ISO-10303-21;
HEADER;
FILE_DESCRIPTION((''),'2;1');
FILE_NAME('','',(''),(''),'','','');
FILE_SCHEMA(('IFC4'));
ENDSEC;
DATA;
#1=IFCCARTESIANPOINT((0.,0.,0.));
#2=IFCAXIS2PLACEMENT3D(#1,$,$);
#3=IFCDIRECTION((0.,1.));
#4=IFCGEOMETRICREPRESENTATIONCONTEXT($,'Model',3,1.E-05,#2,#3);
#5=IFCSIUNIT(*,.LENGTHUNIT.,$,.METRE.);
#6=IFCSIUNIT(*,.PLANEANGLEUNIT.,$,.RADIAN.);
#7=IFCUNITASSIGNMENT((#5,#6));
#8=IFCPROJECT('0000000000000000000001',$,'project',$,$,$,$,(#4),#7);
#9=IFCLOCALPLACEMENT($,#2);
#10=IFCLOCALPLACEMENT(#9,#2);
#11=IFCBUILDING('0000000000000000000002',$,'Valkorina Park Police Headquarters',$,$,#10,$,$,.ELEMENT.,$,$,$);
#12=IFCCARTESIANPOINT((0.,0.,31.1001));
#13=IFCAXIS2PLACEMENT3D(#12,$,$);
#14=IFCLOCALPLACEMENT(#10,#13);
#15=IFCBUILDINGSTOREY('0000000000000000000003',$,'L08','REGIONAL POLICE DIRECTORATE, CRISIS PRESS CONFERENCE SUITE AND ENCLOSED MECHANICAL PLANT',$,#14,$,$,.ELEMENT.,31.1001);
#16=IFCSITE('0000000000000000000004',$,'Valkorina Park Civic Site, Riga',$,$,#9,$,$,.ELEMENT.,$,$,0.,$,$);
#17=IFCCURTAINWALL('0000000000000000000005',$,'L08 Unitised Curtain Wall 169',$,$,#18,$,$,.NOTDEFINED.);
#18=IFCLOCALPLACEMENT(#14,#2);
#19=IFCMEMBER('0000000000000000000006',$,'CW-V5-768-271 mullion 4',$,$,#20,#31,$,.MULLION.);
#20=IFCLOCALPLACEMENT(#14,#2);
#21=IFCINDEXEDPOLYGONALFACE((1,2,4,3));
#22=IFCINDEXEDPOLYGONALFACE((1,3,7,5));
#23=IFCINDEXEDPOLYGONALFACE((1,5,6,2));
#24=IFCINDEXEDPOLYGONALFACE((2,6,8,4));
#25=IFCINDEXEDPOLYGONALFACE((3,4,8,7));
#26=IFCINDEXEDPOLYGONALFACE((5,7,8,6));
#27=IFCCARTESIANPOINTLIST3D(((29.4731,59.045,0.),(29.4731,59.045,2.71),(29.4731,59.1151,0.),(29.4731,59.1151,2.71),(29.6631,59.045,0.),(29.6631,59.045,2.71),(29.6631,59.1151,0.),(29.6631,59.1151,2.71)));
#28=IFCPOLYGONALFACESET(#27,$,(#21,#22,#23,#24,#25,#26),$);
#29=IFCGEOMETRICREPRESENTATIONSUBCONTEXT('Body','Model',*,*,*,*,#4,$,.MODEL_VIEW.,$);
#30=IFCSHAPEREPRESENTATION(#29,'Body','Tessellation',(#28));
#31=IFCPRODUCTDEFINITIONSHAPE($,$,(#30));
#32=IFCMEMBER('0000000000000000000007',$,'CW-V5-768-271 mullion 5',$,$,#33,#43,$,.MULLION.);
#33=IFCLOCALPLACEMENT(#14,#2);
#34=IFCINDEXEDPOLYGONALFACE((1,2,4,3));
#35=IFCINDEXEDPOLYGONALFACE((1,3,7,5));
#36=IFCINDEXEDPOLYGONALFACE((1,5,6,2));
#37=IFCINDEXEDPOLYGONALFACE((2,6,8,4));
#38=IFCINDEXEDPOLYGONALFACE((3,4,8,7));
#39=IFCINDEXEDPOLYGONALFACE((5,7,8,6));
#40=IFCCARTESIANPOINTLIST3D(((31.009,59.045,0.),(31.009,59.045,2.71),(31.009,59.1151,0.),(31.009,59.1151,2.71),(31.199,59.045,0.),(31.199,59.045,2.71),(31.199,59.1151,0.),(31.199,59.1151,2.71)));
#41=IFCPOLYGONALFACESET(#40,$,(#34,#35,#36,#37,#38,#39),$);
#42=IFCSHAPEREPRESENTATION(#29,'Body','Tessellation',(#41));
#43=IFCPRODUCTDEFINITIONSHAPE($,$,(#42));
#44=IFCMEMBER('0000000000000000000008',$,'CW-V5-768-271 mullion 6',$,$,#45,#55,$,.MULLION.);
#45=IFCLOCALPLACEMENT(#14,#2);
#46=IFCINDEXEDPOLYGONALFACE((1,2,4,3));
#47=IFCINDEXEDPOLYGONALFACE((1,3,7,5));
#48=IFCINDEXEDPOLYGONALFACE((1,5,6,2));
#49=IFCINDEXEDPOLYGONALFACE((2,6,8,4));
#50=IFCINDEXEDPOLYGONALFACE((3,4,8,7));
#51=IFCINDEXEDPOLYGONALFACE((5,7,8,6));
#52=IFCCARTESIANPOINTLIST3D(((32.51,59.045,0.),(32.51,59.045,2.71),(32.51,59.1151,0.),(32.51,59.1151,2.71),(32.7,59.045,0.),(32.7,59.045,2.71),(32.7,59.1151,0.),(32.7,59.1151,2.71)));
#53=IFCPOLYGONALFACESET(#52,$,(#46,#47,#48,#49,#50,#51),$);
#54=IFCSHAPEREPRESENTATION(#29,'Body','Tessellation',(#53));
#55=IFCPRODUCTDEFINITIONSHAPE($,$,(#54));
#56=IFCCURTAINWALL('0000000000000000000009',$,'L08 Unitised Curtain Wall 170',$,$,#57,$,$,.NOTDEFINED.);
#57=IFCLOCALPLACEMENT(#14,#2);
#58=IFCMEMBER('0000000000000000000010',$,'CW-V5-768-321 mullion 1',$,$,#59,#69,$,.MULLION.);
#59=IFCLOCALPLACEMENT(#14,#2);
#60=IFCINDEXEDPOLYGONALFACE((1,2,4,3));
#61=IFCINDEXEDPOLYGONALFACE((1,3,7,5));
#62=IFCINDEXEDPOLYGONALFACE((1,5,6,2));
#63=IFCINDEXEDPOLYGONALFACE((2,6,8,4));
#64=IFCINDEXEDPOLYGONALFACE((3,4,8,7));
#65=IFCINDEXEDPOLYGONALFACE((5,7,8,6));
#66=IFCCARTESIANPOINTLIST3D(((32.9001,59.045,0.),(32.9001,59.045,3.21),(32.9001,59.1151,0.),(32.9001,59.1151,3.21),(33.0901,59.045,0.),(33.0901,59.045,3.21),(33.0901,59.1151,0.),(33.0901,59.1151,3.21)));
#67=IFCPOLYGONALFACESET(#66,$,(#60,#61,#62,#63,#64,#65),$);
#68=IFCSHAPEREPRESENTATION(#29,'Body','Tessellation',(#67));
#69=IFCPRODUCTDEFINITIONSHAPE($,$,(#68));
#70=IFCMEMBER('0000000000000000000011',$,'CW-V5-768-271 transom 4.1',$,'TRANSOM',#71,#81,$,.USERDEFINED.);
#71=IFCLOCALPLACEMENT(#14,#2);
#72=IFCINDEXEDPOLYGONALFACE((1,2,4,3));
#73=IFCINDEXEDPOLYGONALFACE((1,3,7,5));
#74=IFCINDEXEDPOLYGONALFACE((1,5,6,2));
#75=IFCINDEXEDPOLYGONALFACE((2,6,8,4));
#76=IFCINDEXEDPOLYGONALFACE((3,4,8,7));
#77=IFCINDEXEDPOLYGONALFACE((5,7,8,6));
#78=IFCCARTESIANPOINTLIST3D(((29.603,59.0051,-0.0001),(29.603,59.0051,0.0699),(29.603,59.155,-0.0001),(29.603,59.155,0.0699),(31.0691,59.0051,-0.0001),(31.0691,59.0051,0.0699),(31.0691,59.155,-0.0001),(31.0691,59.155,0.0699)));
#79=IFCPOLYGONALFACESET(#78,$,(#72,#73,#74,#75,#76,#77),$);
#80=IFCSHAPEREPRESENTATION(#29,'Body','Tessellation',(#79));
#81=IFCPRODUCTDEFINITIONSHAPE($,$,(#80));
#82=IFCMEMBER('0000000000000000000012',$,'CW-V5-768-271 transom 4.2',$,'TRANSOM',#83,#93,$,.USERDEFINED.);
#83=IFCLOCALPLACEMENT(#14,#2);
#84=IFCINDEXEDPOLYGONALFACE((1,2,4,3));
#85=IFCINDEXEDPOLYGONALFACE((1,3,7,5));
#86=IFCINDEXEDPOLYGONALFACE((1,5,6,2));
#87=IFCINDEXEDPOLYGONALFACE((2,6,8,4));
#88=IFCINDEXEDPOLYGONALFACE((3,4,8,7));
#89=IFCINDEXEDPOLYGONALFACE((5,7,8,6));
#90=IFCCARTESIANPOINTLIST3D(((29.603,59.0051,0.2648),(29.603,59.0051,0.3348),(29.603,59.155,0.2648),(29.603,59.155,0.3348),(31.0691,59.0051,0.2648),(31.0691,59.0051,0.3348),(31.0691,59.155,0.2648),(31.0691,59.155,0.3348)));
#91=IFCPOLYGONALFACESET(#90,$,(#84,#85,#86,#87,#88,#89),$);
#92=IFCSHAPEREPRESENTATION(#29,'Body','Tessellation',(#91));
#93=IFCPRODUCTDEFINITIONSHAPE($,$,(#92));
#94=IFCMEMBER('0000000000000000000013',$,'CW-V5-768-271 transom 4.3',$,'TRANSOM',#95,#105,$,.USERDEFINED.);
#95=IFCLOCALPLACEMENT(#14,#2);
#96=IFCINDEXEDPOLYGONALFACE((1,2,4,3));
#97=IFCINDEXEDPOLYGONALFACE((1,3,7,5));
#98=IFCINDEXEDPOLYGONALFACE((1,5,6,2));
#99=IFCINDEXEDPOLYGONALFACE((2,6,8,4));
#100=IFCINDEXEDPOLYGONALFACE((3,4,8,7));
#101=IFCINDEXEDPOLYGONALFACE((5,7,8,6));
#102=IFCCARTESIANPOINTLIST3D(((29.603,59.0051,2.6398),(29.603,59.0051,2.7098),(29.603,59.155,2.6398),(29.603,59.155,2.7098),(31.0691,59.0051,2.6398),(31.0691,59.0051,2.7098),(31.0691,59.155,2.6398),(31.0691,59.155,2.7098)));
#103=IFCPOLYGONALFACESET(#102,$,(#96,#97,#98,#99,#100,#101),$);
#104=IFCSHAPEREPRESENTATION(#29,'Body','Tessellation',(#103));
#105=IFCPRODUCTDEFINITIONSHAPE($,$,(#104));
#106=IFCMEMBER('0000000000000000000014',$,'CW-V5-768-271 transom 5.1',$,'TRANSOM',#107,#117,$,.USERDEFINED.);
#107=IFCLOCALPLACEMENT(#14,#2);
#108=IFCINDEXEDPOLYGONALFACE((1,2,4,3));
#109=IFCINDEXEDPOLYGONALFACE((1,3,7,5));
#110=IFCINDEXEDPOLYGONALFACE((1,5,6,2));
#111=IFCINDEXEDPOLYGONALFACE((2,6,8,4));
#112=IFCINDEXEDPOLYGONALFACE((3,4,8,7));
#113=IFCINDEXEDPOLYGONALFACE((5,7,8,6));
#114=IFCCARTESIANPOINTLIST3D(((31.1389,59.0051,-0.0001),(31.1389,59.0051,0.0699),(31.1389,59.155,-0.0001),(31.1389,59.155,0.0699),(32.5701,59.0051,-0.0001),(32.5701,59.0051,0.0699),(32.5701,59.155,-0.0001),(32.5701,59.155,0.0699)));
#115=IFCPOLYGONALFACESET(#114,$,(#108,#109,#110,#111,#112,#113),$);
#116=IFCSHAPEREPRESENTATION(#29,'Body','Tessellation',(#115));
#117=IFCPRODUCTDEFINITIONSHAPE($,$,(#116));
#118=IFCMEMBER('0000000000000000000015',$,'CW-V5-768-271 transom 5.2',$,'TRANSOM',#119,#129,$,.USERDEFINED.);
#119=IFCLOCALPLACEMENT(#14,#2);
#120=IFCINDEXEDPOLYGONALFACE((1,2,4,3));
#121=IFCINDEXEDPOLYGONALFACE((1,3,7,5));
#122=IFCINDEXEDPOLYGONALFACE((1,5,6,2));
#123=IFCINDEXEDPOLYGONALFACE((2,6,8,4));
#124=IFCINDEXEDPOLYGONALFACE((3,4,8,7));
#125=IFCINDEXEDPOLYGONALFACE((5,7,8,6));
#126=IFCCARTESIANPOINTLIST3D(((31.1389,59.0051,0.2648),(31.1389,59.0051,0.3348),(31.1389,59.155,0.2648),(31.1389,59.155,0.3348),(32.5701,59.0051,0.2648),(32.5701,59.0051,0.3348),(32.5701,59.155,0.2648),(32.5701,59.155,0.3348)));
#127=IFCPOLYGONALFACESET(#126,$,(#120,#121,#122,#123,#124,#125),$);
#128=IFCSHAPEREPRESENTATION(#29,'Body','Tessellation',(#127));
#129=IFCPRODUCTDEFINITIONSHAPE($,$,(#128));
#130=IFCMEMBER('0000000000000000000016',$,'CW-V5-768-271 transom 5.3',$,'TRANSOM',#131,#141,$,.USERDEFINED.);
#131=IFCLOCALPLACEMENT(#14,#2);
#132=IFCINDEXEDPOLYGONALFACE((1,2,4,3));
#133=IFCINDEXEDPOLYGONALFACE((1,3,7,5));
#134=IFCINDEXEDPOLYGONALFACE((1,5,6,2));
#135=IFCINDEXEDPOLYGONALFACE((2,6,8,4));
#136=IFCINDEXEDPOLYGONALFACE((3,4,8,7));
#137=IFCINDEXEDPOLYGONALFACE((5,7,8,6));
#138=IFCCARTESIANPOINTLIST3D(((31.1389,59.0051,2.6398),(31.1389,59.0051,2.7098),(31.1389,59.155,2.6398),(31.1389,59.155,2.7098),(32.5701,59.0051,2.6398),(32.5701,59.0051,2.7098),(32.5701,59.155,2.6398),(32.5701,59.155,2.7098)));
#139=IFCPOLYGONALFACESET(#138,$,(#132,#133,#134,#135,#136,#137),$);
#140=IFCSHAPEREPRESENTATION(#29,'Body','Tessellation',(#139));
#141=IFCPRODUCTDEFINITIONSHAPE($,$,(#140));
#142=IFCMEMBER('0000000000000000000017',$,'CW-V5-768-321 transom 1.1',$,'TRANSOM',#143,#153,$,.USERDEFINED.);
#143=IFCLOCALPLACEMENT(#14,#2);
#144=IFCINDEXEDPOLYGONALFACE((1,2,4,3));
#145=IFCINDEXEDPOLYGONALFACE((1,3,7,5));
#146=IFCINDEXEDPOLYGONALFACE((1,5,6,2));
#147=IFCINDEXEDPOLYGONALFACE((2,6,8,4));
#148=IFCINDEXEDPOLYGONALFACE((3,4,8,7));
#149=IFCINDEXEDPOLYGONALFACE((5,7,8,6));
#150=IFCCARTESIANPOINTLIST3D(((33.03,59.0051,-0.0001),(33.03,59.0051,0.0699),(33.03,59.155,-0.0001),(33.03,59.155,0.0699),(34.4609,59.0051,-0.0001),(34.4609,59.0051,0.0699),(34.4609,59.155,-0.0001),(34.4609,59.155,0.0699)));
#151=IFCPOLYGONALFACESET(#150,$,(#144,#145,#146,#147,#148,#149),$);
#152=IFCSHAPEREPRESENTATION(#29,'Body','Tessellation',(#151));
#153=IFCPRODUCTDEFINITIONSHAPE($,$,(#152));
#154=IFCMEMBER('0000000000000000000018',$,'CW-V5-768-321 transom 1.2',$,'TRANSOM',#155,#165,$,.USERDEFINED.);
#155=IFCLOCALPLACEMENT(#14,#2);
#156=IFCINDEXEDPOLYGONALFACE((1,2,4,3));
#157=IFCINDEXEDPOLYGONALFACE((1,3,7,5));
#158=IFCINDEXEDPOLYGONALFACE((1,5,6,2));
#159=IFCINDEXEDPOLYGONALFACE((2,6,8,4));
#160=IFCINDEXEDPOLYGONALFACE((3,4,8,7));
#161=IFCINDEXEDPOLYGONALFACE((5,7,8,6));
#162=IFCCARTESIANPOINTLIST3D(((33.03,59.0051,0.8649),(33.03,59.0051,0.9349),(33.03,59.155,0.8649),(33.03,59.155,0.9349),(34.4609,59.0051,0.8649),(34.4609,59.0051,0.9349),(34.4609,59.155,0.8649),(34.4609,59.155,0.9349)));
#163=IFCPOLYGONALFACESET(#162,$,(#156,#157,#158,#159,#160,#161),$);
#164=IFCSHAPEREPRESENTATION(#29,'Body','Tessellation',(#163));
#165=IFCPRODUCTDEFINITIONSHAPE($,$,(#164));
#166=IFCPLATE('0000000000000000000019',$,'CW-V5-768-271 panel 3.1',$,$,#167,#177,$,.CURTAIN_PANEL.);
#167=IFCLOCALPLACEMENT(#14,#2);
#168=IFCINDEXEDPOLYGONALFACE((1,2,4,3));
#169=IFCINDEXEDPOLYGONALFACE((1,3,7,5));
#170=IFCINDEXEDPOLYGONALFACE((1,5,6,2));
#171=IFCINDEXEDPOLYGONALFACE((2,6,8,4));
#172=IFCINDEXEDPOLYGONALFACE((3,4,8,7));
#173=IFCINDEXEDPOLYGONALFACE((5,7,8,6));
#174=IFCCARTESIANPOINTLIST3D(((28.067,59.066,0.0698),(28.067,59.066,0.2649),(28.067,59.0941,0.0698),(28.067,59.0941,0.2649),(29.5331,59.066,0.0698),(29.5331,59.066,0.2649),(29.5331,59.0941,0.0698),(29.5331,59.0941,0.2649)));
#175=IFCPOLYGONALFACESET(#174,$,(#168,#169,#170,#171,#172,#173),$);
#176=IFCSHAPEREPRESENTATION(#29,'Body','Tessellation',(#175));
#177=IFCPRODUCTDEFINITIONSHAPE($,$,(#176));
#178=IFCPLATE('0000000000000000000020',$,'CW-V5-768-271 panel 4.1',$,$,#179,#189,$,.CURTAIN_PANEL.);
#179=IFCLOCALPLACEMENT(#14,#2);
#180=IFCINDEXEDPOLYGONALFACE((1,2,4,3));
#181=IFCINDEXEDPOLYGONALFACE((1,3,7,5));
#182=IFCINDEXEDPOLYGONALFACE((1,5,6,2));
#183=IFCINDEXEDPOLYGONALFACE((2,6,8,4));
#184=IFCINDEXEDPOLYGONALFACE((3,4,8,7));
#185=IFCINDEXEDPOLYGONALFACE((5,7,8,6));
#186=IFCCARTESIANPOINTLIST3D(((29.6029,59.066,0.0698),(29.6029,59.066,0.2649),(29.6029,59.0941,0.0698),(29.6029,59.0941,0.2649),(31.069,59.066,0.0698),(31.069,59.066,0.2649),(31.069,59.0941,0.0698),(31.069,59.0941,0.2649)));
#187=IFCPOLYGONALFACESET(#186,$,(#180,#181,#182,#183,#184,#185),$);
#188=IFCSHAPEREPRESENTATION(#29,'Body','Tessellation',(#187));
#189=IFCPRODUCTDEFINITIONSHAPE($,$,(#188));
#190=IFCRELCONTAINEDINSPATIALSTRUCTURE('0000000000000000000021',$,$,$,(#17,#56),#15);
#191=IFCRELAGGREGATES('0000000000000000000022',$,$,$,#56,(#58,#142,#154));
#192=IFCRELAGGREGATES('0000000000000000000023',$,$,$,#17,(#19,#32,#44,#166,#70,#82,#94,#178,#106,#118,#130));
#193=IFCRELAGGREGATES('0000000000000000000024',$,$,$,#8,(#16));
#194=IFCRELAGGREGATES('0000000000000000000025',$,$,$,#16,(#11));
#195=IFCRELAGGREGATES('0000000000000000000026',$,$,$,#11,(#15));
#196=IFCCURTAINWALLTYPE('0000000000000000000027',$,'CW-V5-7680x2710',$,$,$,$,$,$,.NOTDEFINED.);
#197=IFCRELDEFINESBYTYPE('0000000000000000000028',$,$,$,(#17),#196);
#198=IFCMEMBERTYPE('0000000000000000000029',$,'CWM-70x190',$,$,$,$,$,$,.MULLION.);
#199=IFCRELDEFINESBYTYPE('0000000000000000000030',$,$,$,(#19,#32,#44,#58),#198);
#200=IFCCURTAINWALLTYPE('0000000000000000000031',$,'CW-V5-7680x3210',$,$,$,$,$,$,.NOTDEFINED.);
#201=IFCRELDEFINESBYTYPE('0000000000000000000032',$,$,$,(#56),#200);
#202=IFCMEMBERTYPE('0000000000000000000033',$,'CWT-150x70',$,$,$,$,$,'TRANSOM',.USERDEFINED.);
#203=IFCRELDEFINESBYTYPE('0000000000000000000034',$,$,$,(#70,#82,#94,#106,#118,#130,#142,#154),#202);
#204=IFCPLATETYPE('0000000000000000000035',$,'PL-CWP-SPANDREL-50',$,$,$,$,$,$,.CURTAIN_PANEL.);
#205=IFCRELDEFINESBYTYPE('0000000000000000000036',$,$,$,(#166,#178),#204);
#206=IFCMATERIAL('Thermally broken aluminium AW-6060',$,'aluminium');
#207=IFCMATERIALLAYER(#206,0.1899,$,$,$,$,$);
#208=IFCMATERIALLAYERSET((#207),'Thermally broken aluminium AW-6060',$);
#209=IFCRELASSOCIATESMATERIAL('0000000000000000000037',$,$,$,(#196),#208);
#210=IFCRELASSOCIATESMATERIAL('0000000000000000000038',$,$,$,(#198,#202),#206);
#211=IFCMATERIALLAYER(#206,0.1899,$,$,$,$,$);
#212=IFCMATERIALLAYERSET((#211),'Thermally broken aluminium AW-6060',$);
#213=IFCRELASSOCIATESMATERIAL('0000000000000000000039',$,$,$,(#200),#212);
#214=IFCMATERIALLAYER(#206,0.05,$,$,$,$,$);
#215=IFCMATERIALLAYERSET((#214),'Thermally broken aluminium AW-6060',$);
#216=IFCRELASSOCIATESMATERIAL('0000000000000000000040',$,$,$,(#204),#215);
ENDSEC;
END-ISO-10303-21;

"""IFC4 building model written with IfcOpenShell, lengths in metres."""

from ifc_helpers import new_model, si_unit, direction, frame, origin, origin_2d, place, context, subcontext, project, spatial, rectangle, extrude, material, layer, layer_set, material_profile, profile_set, type_object, element, aggregate, save


model = new_model("IFC4")

# Units and contexts
model_context = context("Model", 3, precision=1e-05, world=origin(), true_north=direction((0.0, 1.0)))
body_context = subcontext(model_context, "Body", "Model", "MODEL_VIEW")
ifc_project = project(units=[si_unit("LENGTHUNIT", "METRE"), si_unit("PLANEANGLEUNIT", "RADIAN")], contexts=[model_context])

# Site, building, storey
site_placement = place(None, origin())
site = spatial("IfcSite", under=ifc_project, at=site_placement, Name="Valkorina Park Civic Site, Riga", CompositionType="ELEMENT", RefElevation=0.0)
building_placement = place(site_placement, origin())
building = spatial("IfcBuilding", under=site, at=building_placement, Name="Valkorina Park Police Headquarters", CompositionType="ELEMENT")
storey_placement = place(building_placement, frame((0.0, 0.0, 31.1001)))
storey = spatial("IfcBuildingStorey", under=building, at=storey_placement, Name="L08", Description="REGIONAL POLICE DIRECTORATE, CRISIS PRESS CONFERENCE SUITE AND ENCLOSED MECHANICAL PLANT", CompositionType="ELEMENT", Elevation=31.1001)

# Curtain wall, members
ifc_material_1 = material(Name="Thermally broken aluminium AW-6060", Category="aluminium")
ifc_layer_1 = layer(ifc_material_1, 0.1899)
ifc_layer_set_1 = layer_set([ifc_layer_1], Name="Thermally broken aluminium AW-6060")
curtain_wall_type_1 = type_object("IfcCurtainWallType", Name="CW-V5-7680x2710", PredefinedType="NOTDEFINED", material=ifc_layer_set_1)
curtain_wall_1_placement = place(storey_placement, origin())
curtain_wall_1 = element("IfcCurtainWall", 1, at=curtain_wall_1_placement, inside=storey, type_object=curtain_wall_type_1, Name="L08 Unitised Curtain Wall 169", PredefinedType="NOTDEFINED")
ifc_material_profile_1 = material_profile(ifc_material_1, rectangle(XDim=0.0701, YDim=0.1899, at=origin_2d()), Name="CWM-02 70x190")
ifc_profile_set_1 = profile_set([ifc_material_profile_1], Name="Thermally broken aluminium AW-6060")
member_type_1 = type_object("IfcMemberType", Name="CWM-70x190", PredefinedType="MULLION", material=ifc_profile_set_1)
member_1_placement = place(storey_placement, frame((29.5681, 59.0801, 0.0), z_axis=(0.0, 0.0, 1.0), x_axis=(0.0, 1.0, 0.0)))
member_1 = element("IfcMember", 2, at=member_1_placement, type_object=member_type_1, Name="CW-V5-768-271 mullion 4", PredefinedType="MULLION", context=body_context, shape_type="SweptSolid", body=[
    extrude(rectangle(XDim=0.0701, YDim=0.1899, at=origin_2d()), origin(), (0.0, 0.0, 1.0), 2.71),
])
member_2_placement = place(storey_placement, frame((31.104, 59.0801, 0.0), z_axis=(0.0, 0.0, 1.0), x_axis=(0.0, 1.0, 0.0)))
member_2 = element("IfcMember", 3, at=member_2_placement, type_object=member_type_1, Name="CW-V5-768-271 mullion 5", PredefinedType="MULLION", context=body_context, shape_type="SweptSolid", body=[
    extrude(rectangle(XDim=0.0701, YDim=0.1899, at=origin_2d()), origin(), (0.0, 0.0, 1.0), 2.71),
])
member_3_placement = place(storey_placement, frame((32.605, 59.0801, 0.0), z_axis=(0.0, 0.0, 1.0), x_axis=(0.0, 1.0, 0.0)))
member_3 = element("IfcMember", 4, at=member_3_placement, type_object=member_type_1, Name="CW-V5-768-271 mullion 6", PredefinedType="MULLION", context=body_context, shape_type="SweptSolid", body=[
    extrude(rectangle(XDim=0.0701, YDim=0.1899, at=origin_2d()), origin(), (0.0, 0.0, 1.0), 2.71),
])

# Curtain wall, member
ifc_layer_2 = layer(ifc_material_1, 0.1899)
ifc_layer_set_2 = layer_set([ifc_layer_2], Name="Thermally broken aluminium AW-6060")
curtain_wall_type_2 = type_object("IfcCurtainWallType", Name="CW-V5-7680x3210", PredefinedType="NOTDEFINED", material=ifc_layer_set_2)
curtain_wall_2_placement = place(storey_placement, origin())
curtain_wall_2 = element("IfcCurtainWall", 5, at=curtain_wall_2_placement, inside=storey, type_object=curtain_wall_type_2, Name="L08 Unitised Curtain Wall 170", PredefinedType="NOTDEFINED")
member_4_placement = place(storey_placement, frame((32.9951, 59.0801, 0.0), z_axis=(0.0, 0.0, 1.0), x_axis=(0.0, 1.0, 0.0)))
member_4 = element("IfcMember", 6, at=member_4_placement, type_object=member_type_1, Name="CW-V5-768-321 mullion 1", PredefinedType="MULLION", context=body_context, shape_type="SweptSolid", body=[
    extrude(rectangle(XDim=0.0701, YDim=0.1899, at=origin_2d()), origin(), (0.0, 0.0, 1.0), 3.21),
])

# Members
ifc_material_profile_2 = material_profile(ifc_material_1, rectangle(XDim=0.1499, YDim=0.0701, at=origin_2d()), Name="CWT-02 150x70")
ifc_profile_set_2 = profile_set([ifc_material_profile_2], Name="Thermally broken aluminium AW-6060")
member_type_2 = type_object("IfcMemberType", Name="CWT-150x70", ElementType="TRANSOM", PredefinedType="USERDEFINED", material=ifc_profile_set_2)
member_5_placement = place(storey_placement, frame((29.603, 59.0801, 0.0349), z_axis=(1.0, 0.0, 0.0), x_axis=(0.0, 1.0, 0.0)))
member_5 = element("IfcMember", 7, at=member_5_placement, type_object=member_type_2, Name="CW-V5-768-271 transom 4.1", ObjectType="TRANSOM", PredefinedType="USERDEFINED", context=body_context, shape_type="SweptSolid", body=[
    extrude(rectangle(XDim=0.1499, YDim=0.0701, at=origin_2d()), origin(), (0.0, 0.0, 1.0), 1.4661),
])
member_6_placement = place(storey_placement, frame((29.603, 59.0801, 0.2998), z_axis=(1.0, 0.0, 0.0), x_axis=(0.0, 1.0, 0.0)))
member_6 = element("IfcMember", 8, at=member_6_placement, type_object=member_type_2, Name="CW-V5-768-271 transom 4.2", ObjectType="TRANSOM", PredefinedType="USERDEFINED", context=body_context, shape_type="SweptSolid", body=[
    extrude(rectangle(XDim=0.1499, YDim=0.0701, at=origin_2d()), origin(), (0.0, 0.0, 1.0), 1.4661),
])
member_7_placement = place(storey_placement, frame((29.603, 59.0801, 2.6748), z_axis=(1.0, 0.0, 0.0), x_axis=(0.0, 1.0, 0.0)))
member_7 = element("IfcMember", 9, at=member_7_placement, type_object=member_type_2, Name="CW-V5-768-271 transom 4.3", ObjectType="TRANSOM", PredefinedType="USERDEFINED", context=body_context, shape_type="SweptSolid", body=[
    extrude(rectangle(XDim=0.1499, YDim=0.0701, at=origin_2d()), origin(), (0.0, 0.0, 1.0), 1.4661),
])
member_8_placement = place(storey_placement, frame((31.1389, 59.0801, 0.0349), z_axis=(1.0, 0.0, 0.0), x_axis=(0.0, 1.0, 0.0)))
member_8 = element("IfcMember", 10, at=member_8_placement, type_object=member_type_2, Name="CW-V5-768-271 transom 5.1", ObjectType="TRANSOM", PredefinedType="USERDEFINED", context=body_context, shape_type="SweptSolid", body=[
    extrude(rectangle(XDim=0.1499, YDim=0.0701, at=origin_2d()), origin(), (0.0, 0.0, 1.0), 1.4312),
])
member_9_placement = place(storey_placement, frame((31.1389, 59.0801, 0.2998), z_axis=(1.0, 0.0, 0.0), x_axis=(0.0, 1.0, 0.0)))
member_9 = element("IfcMember", 11, at=member_9_placement, type_object=member_type_2, Name="CW-V5-768-271 transom 5.2", ObjectType="TRANSOM", PredefinedType="USERDEFINED", context=body_context, shape_type="SweptSolid", body=[
    extrude(rectangle(XDim=0.1499, YDim=0.0701, at=origin_2d()), origin(), (0.0, 0.0, 1.0), 1.4312),
])
member_10_placement = place(storey_placement, frame((31.1389, 59.0801, 2.6748), z_axis=(1.0, 0.0, 0.0), x_axis=(0.0, 1.0, 0.0)))
member_10 = element("IfcMember", 12, at=member_10_placement, type_object=member_type_2, Name="CW-V5-768-271 transom 5.3", ObjectType="TRANSOM", PredefinedType="USERDEFINED", context=body_context, shape_type="SweptSolid", body=[
    extrude(rectangle(XDim=0.1499, YDim=0.0701, at=origin_2d()), origin(), (0.0, 0.0, 1.0), 1.4312),
])
member_11_placement = place(storey_placement, frame((33.03, 59.0801, 0.0349), z_axis=(1.0, 0.0, 0.0), x_axis=(0.0, 1.0, 0.0)))
member_11 = element("IfcMember", 13, at=member_11_placement, type_object=member_type_2, Name="CW-V5-768-321 transom 1.1", ObjectType="TRANSOM", PredefinedType="USERDEFINED", context=body_context, shape_type="SweptSolid", body=[
    extrude(rectangle(XDim=0.1499, YDim=0.0701, at=origin_2d()), origin(), (0.0, 0.0, 1.0), 1.4309),
])
member_12_placement = place(storey_placement, frame((33.03, 59.0801, 0.8999), z_axis=(1.0, 0.0, 0.0), x_axis=(0.0, 1.0, 0.0)))
member_12 = element("IfcMember", 14, at=member_12_placement, type_object=member_type_2, Name="CW-V5-768-321 transom 1.2", ObjectType="TRANSOM", PredefinedType="USERDEFINED", context=body_context, shape_type="SweptSolid", body=[
    extrude(rectangle(XDim=0.1499, YDim=0.0701, at=origin_2d()), origin(), (0.0, 0.0, 1.0), 1.4309),
])
aggregate(curtain_wall_2, [member_4, member_11, member_12])

# Plates
ifc_layer_3 = layer(ifc_material_1, 0.05)
ifc_layer_set_3 = layer_set([ifc_layer_3], Name="Thermally broken aluminium AW-6060")
plate_type_1 = type_object("IfcPlateType", Name="PL-CWP-SPANDREL-50", PredefinedType="CURTAIN_PANEL", material=ifc_layer_set_3)
plate_1_placement = place(storey_placement, frame((28.8, 59.0801, 0.0698), z_axis=(0.0, 0.0, 1.0), x_axis=(1.0, 0.0, 0.0)))
plate_1 = element("IfcPlate", 15, at=plate_1_placement, type_object=plate_type_1, Name="CW-V5-768-271 panel 3.1", PredefinedType="CURTAIN_PANEL", context=body_context, shape_type="SweptSolid", body=[
    extrude(rectangle(XDim=1.4661, YDim=0.0281, at=origin_2d()), origin(), (0.0, 0.0, 1.0), 0.1951),
])
plate_2_placement = place(storey_placement, frame((30.3359, 59.0801, 0.0698), z_axis=(0.0, 0.0, 1.0), x_axis=(1.0, 0.0, 0.0)))
plate_2 = element("IfcPlate", 16, at=plate_2_placement, type_object=plate_type_1, Name="CW-V5-768-271 panel 4.1", PredefinedType="CURTAIN_PANEL", context=body_context, shape_type="SweptSolid", body=[
    extrude(rectangle(XDim=1.4661, YDim=0.0281, at=origin_2d()), origin(), (0.0, 0.0, 1.0), 0.1951),
])
aggregate(curtain_wall_1, [member_1, member_2, member_3, plate_1, member_5, member_6, member_7, plate_2, member_8, member_9, member_10])

save(model, "model.ifc")
